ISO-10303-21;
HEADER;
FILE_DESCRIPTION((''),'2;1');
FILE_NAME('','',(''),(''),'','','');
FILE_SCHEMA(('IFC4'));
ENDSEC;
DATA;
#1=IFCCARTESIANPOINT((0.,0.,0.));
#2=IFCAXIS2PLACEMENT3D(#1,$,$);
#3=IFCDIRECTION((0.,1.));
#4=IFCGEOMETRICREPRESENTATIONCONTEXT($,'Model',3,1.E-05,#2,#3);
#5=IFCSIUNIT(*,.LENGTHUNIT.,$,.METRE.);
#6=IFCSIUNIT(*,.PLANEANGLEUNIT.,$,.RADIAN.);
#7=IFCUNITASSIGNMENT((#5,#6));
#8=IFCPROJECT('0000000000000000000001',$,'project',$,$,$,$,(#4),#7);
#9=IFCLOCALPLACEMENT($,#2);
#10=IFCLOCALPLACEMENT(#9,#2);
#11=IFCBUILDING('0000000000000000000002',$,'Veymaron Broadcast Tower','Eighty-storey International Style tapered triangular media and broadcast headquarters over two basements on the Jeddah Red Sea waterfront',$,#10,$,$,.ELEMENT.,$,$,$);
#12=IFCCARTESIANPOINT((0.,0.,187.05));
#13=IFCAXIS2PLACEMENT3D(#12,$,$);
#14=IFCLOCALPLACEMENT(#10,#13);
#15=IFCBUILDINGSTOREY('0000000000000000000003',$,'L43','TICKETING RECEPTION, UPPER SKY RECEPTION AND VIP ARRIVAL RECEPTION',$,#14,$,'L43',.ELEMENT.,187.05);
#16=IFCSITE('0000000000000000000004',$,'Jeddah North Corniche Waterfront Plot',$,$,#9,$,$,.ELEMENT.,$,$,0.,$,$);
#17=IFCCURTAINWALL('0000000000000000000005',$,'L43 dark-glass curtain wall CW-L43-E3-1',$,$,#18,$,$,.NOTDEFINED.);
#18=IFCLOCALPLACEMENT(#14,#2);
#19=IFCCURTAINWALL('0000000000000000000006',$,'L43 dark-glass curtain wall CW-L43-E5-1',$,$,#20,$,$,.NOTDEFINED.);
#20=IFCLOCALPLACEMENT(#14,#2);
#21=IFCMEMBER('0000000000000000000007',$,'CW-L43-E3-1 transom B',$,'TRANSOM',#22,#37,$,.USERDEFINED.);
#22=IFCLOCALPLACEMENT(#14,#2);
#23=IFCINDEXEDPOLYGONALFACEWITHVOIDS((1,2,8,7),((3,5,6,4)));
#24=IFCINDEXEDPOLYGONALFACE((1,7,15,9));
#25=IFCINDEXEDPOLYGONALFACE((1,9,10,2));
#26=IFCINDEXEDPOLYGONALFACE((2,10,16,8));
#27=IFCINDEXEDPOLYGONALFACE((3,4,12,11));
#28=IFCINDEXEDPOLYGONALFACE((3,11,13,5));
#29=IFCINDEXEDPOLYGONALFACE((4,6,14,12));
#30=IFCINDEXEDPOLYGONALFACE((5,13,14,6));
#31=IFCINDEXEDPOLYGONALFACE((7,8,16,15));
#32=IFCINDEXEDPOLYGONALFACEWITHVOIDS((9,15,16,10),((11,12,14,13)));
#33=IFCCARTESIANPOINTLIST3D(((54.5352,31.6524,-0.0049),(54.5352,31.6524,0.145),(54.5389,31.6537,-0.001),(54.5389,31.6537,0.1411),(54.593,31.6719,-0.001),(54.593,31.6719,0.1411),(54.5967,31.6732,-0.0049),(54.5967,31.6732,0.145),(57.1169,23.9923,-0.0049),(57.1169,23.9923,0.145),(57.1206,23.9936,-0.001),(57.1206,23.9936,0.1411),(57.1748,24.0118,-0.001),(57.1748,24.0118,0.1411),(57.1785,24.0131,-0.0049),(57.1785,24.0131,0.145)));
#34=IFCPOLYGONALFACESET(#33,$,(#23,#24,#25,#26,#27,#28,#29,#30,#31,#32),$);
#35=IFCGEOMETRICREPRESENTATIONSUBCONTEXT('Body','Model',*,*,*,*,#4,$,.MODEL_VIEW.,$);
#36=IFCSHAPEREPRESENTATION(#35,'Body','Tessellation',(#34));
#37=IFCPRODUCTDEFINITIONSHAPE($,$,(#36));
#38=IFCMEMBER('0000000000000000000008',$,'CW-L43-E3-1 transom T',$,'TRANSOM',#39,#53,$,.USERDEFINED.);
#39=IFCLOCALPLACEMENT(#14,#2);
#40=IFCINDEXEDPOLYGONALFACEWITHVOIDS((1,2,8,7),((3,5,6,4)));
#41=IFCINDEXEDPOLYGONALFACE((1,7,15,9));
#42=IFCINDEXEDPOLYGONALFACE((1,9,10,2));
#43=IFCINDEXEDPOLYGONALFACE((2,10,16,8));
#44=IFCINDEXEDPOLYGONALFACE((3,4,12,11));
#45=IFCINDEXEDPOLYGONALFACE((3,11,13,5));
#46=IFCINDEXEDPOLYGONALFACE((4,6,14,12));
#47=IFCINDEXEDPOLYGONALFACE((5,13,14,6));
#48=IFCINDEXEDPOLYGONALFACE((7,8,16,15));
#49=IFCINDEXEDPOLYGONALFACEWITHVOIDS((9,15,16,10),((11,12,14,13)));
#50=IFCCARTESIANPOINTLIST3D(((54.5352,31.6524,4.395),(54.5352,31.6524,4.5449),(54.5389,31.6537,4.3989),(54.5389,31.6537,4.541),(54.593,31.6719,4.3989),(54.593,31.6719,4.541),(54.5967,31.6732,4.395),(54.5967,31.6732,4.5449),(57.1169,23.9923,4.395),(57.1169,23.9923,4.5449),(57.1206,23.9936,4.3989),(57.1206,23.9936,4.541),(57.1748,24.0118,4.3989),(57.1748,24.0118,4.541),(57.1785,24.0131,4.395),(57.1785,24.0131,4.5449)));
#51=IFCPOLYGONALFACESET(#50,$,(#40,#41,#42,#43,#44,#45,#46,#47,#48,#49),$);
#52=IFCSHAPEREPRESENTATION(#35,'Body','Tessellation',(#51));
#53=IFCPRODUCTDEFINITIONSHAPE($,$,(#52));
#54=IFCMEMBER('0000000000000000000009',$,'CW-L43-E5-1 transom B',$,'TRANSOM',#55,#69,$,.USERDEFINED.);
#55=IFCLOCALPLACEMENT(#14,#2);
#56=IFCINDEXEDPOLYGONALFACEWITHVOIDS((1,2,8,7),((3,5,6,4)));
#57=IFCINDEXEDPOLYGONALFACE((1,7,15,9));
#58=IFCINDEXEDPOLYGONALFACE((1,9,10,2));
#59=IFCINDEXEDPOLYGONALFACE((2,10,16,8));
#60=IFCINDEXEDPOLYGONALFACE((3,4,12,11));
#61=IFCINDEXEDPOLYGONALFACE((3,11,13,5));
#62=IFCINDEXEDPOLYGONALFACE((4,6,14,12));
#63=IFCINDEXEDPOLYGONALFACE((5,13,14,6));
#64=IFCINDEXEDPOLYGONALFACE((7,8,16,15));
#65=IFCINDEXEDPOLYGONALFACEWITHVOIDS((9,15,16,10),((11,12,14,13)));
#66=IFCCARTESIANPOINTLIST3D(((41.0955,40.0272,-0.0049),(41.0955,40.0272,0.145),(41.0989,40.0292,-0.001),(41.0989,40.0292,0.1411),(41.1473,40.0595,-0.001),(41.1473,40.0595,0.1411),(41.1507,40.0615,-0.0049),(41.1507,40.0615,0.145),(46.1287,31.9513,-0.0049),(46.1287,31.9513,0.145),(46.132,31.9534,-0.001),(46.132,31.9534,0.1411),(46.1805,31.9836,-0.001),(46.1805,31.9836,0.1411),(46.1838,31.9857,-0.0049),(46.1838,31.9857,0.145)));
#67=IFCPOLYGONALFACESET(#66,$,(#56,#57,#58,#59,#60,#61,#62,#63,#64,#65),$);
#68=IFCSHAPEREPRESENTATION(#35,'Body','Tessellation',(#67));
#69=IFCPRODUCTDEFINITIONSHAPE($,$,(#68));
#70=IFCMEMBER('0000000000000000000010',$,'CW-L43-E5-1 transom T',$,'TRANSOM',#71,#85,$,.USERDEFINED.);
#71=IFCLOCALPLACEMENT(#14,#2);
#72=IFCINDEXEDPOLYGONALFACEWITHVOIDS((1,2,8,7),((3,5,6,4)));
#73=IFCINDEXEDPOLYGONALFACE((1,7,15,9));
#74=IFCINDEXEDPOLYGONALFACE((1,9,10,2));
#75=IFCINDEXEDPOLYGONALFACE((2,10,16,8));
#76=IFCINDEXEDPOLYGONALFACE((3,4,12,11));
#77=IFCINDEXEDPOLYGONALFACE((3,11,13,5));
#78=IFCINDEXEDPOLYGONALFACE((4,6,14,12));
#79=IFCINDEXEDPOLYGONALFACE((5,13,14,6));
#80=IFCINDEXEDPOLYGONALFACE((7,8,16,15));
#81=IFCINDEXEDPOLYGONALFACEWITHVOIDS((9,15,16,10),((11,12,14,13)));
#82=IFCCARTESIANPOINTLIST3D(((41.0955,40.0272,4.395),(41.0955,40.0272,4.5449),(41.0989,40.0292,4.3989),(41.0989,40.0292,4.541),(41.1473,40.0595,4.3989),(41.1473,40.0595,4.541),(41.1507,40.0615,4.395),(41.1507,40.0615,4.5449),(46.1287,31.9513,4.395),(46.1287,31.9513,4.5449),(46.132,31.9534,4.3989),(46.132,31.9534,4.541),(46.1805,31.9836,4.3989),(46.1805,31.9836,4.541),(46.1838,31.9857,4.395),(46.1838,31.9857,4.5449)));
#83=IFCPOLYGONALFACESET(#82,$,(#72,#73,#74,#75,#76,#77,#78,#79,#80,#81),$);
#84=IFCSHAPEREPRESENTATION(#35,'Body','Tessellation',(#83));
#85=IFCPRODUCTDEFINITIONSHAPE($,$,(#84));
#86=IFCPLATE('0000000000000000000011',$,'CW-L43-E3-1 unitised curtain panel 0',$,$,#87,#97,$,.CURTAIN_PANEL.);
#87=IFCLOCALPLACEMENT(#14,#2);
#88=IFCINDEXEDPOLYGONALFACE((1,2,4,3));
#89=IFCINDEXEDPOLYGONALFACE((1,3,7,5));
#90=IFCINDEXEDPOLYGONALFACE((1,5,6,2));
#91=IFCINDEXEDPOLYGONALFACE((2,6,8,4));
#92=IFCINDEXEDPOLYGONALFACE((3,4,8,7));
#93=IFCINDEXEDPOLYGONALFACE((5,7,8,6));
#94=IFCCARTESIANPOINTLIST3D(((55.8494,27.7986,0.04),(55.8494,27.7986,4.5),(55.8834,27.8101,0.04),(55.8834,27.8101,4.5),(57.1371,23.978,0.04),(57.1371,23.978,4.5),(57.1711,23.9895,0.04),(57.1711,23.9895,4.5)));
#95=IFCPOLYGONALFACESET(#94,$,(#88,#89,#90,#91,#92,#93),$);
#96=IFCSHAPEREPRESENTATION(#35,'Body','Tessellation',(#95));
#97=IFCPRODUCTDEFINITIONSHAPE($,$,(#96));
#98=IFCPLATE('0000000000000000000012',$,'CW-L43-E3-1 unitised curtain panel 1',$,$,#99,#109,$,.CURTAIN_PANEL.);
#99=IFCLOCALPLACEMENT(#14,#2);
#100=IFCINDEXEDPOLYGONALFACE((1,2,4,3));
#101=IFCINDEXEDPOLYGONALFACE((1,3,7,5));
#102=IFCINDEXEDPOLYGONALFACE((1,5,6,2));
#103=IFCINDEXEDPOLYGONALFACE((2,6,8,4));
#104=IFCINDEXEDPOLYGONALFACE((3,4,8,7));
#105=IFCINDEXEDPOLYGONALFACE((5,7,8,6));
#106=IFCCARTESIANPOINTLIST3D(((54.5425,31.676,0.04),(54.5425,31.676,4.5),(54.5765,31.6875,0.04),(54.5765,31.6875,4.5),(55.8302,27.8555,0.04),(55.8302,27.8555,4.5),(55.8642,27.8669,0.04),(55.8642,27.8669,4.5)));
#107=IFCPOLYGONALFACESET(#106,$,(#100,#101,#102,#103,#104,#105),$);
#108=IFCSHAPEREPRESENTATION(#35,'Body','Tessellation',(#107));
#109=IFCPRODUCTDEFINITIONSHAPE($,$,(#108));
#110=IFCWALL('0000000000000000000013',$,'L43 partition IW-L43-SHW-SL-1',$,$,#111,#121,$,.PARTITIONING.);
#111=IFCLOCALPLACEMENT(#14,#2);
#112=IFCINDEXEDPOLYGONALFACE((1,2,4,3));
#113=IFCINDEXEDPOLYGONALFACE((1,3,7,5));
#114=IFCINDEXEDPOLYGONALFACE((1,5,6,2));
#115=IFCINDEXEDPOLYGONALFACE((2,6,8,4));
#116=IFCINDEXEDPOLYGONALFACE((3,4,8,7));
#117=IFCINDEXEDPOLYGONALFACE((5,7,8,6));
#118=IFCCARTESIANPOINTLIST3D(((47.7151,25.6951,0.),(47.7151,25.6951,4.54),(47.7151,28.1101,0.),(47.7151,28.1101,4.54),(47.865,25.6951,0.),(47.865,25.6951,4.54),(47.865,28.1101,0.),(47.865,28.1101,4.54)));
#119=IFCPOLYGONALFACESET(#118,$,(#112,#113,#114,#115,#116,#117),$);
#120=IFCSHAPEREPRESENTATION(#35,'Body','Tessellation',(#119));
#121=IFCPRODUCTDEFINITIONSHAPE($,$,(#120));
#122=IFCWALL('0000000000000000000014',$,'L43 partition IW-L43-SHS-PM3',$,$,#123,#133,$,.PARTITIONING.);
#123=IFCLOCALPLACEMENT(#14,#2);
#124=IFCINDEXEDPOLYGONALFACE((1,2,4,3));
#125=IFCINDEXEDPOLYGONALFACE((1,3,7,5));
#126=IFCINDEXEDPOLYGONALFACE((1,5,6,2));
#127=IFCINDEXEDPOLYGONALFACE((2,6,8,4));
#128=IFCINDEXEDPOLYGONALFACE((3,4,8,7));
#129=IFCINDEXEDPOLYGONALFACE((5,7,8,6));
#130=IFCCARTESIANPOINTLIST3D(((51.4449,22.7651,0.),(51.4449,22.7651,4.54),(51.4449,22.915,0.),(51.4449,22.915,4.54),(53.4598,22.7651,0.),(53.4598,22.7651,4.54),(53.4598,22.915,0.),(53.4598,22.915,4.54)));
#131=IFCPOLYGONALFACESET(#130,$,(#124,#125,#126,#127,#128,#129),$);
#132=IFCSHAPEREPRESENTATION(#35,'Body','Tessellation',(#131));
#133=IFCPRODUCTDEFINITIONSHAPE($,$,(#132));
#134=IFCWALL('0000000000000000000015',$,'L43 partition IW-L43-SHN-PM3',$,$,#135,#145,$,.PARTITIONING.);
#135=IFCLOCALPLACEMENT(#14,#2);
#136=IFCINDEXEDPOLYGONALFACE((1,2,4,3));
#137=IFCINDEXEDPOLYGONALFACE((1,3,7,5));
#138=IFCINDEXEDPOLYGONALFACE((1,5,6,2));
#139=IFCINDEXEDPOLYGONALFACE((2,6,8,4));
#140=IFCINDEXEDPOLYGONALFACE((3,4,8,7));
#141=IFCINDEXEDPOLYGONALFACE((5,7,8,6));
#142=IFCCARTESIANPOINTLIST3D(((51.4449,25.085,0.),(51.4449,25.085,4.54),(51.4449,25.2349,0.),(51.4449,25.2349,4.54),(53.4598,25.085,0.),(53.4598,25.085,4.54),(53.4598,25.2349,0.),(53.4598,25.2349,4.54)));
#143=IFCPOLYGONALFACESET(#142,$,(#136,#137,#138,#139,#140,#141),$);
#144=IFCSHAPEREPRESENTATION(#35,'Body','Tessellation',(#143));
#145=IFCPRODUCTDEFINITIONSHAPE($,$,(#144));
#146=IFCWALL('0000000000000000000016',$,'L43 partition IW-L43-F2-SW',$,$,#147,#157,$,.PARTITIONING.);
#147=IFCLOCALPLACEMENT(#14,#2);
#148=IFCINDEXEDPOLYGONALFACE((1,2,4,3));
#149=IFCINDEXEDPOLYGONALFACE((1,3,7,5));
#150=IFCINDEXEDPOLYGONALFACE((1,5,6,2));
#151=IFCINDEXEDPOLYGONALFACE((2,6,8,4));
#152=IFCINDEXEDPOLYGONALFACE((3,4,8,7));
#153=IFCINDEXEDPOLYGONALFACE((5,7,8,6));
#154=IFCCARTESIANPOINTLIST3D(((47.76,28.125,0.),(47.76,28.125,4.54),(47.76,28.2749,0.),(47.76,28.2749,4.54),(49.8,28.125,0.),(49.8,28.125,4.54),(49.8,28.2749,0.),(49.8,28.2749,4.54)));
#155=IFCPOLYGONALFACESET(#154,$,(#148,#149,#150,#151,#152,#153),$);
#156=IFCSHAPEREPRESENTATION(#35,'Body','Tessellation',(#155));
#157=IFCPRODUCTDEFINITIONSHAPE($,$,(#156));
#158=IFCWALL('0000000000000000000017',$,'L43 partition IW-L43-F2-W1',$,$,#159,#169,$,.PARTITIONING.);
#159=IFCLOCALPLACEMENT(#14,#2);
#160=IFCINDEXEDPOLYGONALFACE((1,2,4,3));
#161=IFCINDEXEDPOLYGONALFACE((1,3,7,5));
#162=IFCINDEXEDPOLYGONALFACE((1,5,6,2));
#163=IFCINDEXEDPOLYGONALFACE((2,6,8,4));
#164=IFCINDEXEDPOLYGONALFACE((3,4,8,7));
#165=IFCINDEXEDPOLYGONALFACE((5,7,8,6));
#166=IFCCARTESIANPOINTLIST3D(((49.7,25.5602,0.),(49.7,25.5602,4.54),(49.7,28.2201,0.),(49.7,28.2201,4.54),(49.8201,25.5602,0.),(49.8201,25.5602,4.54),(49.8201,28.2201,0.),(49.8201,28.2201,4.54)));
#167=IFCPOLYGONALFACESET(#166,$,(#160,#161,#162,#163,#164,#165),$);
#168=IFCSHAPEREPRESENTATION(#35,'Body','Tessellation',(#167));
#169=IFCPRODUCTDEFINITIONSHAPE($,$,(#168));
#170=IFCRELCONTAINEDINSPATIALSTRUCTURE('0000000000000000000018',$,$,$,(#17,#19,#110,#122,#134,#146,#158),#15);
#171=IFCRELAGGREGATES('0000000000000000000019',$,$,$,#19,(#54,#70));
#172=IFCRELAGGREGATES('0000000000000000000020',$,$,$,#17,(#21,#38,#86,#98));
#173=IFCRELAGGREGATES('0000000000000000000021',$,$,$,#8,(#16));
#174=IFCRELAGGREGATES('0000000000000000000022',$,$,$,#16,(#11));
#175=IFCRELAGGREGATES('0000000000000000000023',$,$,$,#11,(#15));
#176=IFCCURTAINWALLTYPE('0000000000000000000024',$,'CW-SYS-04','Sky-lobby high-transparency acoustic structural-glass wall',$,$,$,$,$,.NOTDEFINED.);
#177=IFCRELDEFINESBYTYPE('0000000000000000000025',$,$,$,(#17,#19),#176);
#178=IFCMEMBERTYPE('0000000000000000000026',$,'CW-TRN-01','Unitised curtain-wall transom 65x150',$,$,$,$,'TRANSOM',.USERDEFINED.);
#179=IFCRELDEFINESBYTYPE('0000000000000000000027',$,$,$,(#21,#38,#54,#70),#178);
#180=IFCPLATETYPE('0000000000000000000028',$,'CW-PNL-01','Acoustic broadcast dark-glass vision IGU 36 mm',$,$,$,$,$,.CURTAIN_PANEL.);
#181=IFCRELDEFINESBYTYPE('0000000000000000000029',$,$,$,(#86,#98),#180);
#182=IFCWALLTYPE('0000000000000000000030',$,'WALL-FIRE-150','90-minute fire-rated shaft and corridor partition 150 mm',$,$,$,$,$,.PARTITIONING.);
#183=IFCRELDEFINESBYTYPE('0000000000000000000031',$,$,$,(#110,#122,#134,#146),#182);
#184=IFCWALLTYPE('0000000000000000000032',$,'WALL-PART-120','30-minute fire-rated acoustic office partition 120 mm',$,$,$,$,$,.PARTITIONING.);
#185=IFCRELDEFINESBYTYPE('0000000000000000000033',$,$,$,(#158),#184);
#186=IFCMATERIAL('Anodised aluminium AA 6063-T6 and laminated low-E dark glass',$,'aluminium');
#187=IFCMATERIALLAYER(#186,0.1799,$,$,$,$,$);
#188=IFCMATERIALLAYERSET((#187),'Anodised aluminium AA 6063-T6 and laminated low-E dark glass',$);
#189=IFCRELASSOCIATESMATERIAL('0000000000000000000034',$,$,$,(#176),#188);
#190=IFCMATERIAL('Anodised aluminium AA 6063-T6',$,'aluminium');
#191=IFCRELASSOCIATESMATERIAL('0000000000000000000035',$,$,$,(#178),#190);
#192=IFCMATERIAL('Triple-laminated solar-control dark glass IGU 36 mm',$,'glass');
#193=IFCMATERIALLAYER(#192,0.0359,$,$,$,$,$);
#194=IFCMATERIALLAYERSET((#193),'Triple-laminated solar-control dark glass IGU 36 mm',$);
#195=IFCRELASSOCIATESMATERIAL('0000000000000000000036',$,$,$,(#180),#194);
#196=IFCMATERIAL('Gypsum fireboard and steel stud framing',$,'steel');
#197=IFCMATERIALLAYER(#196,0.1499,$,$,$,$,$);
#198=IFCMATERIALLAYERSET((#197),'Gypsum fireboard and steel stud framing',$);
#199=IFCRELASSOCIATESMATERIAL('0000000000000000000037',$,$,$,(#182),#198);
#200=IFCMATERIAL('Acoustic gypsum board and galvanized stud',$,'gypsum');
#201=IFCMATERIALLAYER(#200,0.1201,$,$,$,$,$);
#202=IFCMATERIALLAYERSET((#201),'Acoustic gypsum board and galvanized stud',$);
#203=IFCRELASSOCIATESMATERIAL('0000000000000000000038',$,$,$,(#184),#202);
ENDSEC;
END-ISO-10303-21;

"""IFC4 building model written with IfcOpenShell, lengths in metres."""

from ifc_helpers import new_model, si_unit, direction, frame, frame_2d, origin, origin_2d, place, context, subcontext, project, spatial, rectangle, hollow_rectangle, extrude, material, layer, layer_set, material_profile, profile_set, type_object, element, aggregate, save


model = new_model("IFC4")

# Units and contexts
model_context = context("Model", 3, precision=1e-05, world=origin(), true_north=direction((0.0, 1.0)))
body_context = subcontext(model_context, "Body", "Model", "MODEL_VIEW")
ifc_project = project(units=[si_unit("LENGTHUNIT", "METRE"), si_unit("PLANEANGLEUNIT", "RADIAN")], contexts=[model_context])

# Site, building, storey
site_placement = place(None, origin())
site = spatial("IfcSite", under=ifc_project, at=site_placement, Name="Jeddah North Corniche Waterfront Plot", CompositionType="ELEMENT", RefElevation=0.0)
building_placement = place(site_placement, origin())
building = spatial("IfcBuilding", under=site, at=building_placement, Name="Veymaron Broadcast Tower", Description="Eighty-storey International Style tapered triangular media and broadcast headquarters over two basements on the Jeddah Red Sea waterfront", CompositionType="ELEMENT")
storey_placement = place(building_placement, frame((0.0, 0.0, 187.05)))
storey = spatial("IfcBuildingStorey", under=building, at=storey_placement, Name="L43", Description="TICKETING RECEPTION, UPPER SKY RECEPTION AND VIP ARRIVAL RECEPTION", LongName="L43", CompositionType="ELEMENT", Elevation=187.05)

# Shared definitions
ifc_material_1 = material(Name="Anodised aluminium AA 6063-T6 and laminated low-E dark glass", Category="aluminium")
ifc_layer_1 = layer(ifc_material_1, 0.1799)
ifc_layer_set_1 = layer_set([ifc_layer_1], Name="Anodised aluminium AA 6063-T6 and laminated low-E dark glass")
curtain_wall_type = type_object("IfcCurtainWallType", Name="CW-SYS-04", Description="Sky-lobby high-transparency acoustic structural-glass wall", PredefinedType="NOTDEFINED", material=ifc_layer_set_1)
ifc_material_2 = material(Name="Anodised aluminium AA 6063-T6", Category="aluminium")

# Curtain wall
curtain_wall_1_placement = place(storey_placement, origin())
curtain_wall_1 = element("IfcCurtainWall", 1, at=curtain_wall_1_placement, inside=storey, type_object=curtain_wall_type, Name="L43 dark-glass curtain wall CW-L43-E3-1", PredefinedType="NOTDEFINED")

# Curtain wall
curtain_wall_2_placement = place(storey_placement, origin())
curtain_wall_2 = element("IfcCurtainWall", 2, at=curtain_wall_2_placement, inside=storey, type_object=curtain_wall_type, Name="L43 dark-glass curtain wall CW-L43-E5-1", PredefinedType="NOTDEFINED")

# Members
ifc_material_profile_1 = material_profile(ifc_material_2, hollow_rectangle(XDim=0.0649, YDim=0.1499, WallThickness=0.0039, at=origin_2d()), Name="AL150X65X4")
ifc_profile_set_1 = profile_set([ifc_material_profile_1], Name="Anodised aluminium AA 6063-T6")
member_type_1 = type_object("IfcMemberType", Name="CW-TRN-01", Description="Unitised curtain-wall transom 65x150", ElementType="TRANSOM", PredefinedType="USERDEFINED", material=ifc_profile_set_1)
member_1_placement = place(storey_placement, frame((57.1477, 24.0027, 0.0701), z_axis=(-0.319388, 0.947624, 0.0), x_axis=(-0.947624, -0.319388, 0.0)))
member_1 = element("IfcMember", 3, at=member_1_placement, type_object=member_type_1, Name="CW-L43-E3-1 transom B", ObjectType="TRANSOM", PredefinedType="USERDEFINED", context=body_context, shape_type="SweptSolid", body=[
    extrude(hollow_rectangle(XDim=0.0649, YDim=0.1499, WallThickness=0.0039, at=origin_2d()), origin(), (0.0, 0.0, 1.0), 8.0835),
])
member_2_placement = place(storey_placement, frame((57.1477, 24.0027, 4.47), z_axis=(-0.319388, 0.947624, 0.0), x_axis=(-0.947624, -0.319388, 0.0)))
member_2 = element("IfcMember", 4, at=member_2_placement, type_object=member_type_1, Name="CW-L43-E3-1 transom T", ObjectType="TRANSOM", PredefinedType="USERDEFINED", context=body_context, shape_type="SweptSolid", body=[
    extrude(hollow_rectangle(XDim=0.0649, YDim=0.1499, WallThickness=0.0039, at=origin_2d()), origin(), (0.0, 0.0, 1.0), 8.0835),
])
member_3_placement = place(storey_placement, frame((46.1562, 31.9685, 0.0701), z_axis=(-0.528922, 0.848671, 0.0), x_axis=(-0.848671, -0.528922, 0.0)))
member_3 = element("IfcMember", 5, at=member_3_placement, type_object=member_type_1, Name="CW-L43-E5-1 transom B", ObjectType="TRANSOM", PredefinedType="USERDEFINED", context=body_context, shape_type="SweptSolid", body=[
    extrude(hollow_rectangle(XDim=0.0649, YDim=0.1499, WallThickness=0.0039, at=origin_2d()), origin(), (0.0, 0.0, 1.0), 9.5159),
])
member_4_placement = place(storey_placement, frame((46.1562, 31.9685, 4.47), z_axis=(-0.528922, 0.848671, 0.0), x_axis=(-0.848671, -0.528922, 0.0)))
member_4 = element("IfcMember", 6, at=member_4_placement, type_object=member_type_1, Name="CW-L43-E5-1 transom T", ObjectType="TRANSOM", PredefinedType="USERDEFINED", context=body_context, shape_type="SweptSolid", body=[
    extrude(hollow_rectangle(XDim=0.0649, YDim=0.1499, WallThickness=0.0039, at=origin_2d()), origin(), (0.0, 0.0, 1.0), 9.5159),
])
aggregate(curtain_wall_2, [member_3, member_4])

# Plates
ifc_material_3 = material(Name="Triple-laminated solar-control dark glass IGU 36 mm", Category="glass")
ifc_layer_2 = layer(ifc_material_3, 0.0359)
ifc_layer_set_2 = layer_set([ifc_layer_2], Name="Triple-laminated solar-control dark glass IGU 36 mm")
plate_type = type_object("IfcPlateType", Name="CW-PNL-01", Description="Acoustic broadcast dark-glass vision IGU 36 mm", PredefinedType="CURTAIN_PANEL", material=ifc_layer_set_2)
plate_1_placement = place(storey_placement, frame((56.5103, 25.894, 0.04), z_axis=(0.0, 0.0, 1.0), x_axis=(-0.319389, 0.947624, 0.0)))
plate_1 = element("IfcPlate", 7, at=plate_1_placement, type_object=plate_type, Name="CW-L43-E3-1 unitised curtain panel 0", PredefinedType="CURTAIN_PANEL", context=body_context, shape_type="SweptSolid", body=[
    extrude(rectangle(XDim=4.0317, YDim=0.0359, at=origin_2d()), origin(), (0.0, 0.0, 1.0), 4.46),
])
plate_2_placement = place(storey_placement, frame((55.2034, 29.7715, 0.04), z_axis=(0.0, 0.0, 1.0), x_axis=(-0.319389, 0.947624, 0.0)))
plate_2 = element("IfcPlate", 8, at=plate_2_placement, type_object=plate_type, Name="CW-L43-E3-1 unitised curtain panel 1", PredefinedType="CURTAIN_PANEL", context=body_context, shape_type="SweptSolid", body=[
    extrude(rectangle(XDim=4.0317, YDim=0.0359, at=origin_2d()), origin(), (0.0, 0.0, 1.0), 4.46),
])
aggregate(curtain_wall_1, [member_1, member_2, plate_1, plate_2])

# Shared definitions
ifc_material_4 = material(Name="Gypsum fireboard and steel stud framing", Category="steel")
ifc_layer_3 = layer(ifc_material_4, 0.1499)
ifc_layer_set_3 = layer_set([ifc_layer_3], Name="Gypsum fireboard and steel stud framing")
wall_type_1 = type_object("IfcWallType", Name="WALL-FIRE-150", Description="90-minute fire-rated shaft and corridor partition 150 mm", PredefinedType="PARTITIONING", material=ifc_layer_set_3)

# Walls
wall_1_placement = place(storey_placement, frame((47.79, 25.6951, 0.0), z_axis=(0.0, 0.0, 1.0), x_axis=(0.0, 1.0, 0.0)))
element("IfcWall", 9, at=wall_1_placement, inside=storey, type_object=wall_type_1, Name="L43 partition IW-L43-SHW-SL-1", PredefinedType="PARTITIONING", context=body_context, shape_type="SweptSolid", body=[
    extrude(rectangle(XDim=2.415, YDim=0.1499, at=frame_2d((1.2075, 0.0))), origin(), (0.0, 0.0, 1.0), 4.54),
])
for number, where, z_axis, x_axis, name in (
    (10, (51.4451, 22.8401, 0.0), (0.0, 0.0, 1.0), (1.0, 0.0, 0.0), "L43 partition IW-L43-SHS-PM3"),
    (11, (51.4451, 25.1599, 0.0), (0.0, 0.0, 1.0), (1.0, 0.0, 0.0), "L43 partition IW-L43-SHN-PM3"),
):
    element("IfcWall", number, at=place(storey_placement, frame(where, z_axis=z_axis, x_axis=x_axis)), inside=storey, type_object=wall_type_1, Name=name, PredefinedType="PARTITIONING", context=body_context, shape_type="SweptSolid", body=[
        extrude(rectangle(XDim=2.0149, YDim=0.1499, at=frame_2d((1.0073, 0.0))), origin(), (0.0, 0.0, 1.0), 4.54),
    ])
wall_2_placement = place(storey_placement, frame((47.76, 28.2, 0.0), z_axis=(0.0, 0.0, 1.0), x_axis=(1.0, 0.0, 0.0)))
element("IfcWall", 12, at=wall_2_placement, inside=storey, type_object=wall_type_1, Name="L43 partition IW-L43-F2-SW", PredefinedType="PARTITIONING", context=body_context, shape_type="SweptSolid", body=[
    extrude(rectangle(XDim=2.04, YDim=0.1499, at=frame_2d((1.02, 0.0))), origin(), (0.0, 0.0, 1.0), 4.54),
])
ifc_material_5 = material(Name="Acoustic gypsum board and galvanized stud", Category="gypsum")
ifc_layer_4 = layer(ifc_material_5, 0.1201)
ifc_layer_set_4 = layer_set([ifc_layer_4], Name="Acoustic gypsum board and galvanized stud")
wall_type_2 = type_object("IfcWallType", Name="WALL-PART-120", Description="30-minute fire-rated acoustic office partition 120 mm", PredefinedType="PARTITIONING", material=ifc_layer_set_4)
wall_3_placement = place(storey_placement, frame((49.76, 25.5601, 0.0), z_axis=(0.0, 0.0, 1.0), x_axis=(0.0, 1.0, 0.0)))
element("IfcWall", 13, at=wall_3_placement, inside=storey, type_object=wall_type_2, Name="L43 partition IW-L43-F2-W1", PredefinedType="PARTITIONING", context=body_context, shape_type="SweptSolid", body=[
    extrude(rectangle(XDim=2.6599, YDim=0.1201, at=frame_2d((1.3301, 0.0))), origin(), (0.0, 0.0, 1.0), 4.54),
])

save(model, "model.ifc")
